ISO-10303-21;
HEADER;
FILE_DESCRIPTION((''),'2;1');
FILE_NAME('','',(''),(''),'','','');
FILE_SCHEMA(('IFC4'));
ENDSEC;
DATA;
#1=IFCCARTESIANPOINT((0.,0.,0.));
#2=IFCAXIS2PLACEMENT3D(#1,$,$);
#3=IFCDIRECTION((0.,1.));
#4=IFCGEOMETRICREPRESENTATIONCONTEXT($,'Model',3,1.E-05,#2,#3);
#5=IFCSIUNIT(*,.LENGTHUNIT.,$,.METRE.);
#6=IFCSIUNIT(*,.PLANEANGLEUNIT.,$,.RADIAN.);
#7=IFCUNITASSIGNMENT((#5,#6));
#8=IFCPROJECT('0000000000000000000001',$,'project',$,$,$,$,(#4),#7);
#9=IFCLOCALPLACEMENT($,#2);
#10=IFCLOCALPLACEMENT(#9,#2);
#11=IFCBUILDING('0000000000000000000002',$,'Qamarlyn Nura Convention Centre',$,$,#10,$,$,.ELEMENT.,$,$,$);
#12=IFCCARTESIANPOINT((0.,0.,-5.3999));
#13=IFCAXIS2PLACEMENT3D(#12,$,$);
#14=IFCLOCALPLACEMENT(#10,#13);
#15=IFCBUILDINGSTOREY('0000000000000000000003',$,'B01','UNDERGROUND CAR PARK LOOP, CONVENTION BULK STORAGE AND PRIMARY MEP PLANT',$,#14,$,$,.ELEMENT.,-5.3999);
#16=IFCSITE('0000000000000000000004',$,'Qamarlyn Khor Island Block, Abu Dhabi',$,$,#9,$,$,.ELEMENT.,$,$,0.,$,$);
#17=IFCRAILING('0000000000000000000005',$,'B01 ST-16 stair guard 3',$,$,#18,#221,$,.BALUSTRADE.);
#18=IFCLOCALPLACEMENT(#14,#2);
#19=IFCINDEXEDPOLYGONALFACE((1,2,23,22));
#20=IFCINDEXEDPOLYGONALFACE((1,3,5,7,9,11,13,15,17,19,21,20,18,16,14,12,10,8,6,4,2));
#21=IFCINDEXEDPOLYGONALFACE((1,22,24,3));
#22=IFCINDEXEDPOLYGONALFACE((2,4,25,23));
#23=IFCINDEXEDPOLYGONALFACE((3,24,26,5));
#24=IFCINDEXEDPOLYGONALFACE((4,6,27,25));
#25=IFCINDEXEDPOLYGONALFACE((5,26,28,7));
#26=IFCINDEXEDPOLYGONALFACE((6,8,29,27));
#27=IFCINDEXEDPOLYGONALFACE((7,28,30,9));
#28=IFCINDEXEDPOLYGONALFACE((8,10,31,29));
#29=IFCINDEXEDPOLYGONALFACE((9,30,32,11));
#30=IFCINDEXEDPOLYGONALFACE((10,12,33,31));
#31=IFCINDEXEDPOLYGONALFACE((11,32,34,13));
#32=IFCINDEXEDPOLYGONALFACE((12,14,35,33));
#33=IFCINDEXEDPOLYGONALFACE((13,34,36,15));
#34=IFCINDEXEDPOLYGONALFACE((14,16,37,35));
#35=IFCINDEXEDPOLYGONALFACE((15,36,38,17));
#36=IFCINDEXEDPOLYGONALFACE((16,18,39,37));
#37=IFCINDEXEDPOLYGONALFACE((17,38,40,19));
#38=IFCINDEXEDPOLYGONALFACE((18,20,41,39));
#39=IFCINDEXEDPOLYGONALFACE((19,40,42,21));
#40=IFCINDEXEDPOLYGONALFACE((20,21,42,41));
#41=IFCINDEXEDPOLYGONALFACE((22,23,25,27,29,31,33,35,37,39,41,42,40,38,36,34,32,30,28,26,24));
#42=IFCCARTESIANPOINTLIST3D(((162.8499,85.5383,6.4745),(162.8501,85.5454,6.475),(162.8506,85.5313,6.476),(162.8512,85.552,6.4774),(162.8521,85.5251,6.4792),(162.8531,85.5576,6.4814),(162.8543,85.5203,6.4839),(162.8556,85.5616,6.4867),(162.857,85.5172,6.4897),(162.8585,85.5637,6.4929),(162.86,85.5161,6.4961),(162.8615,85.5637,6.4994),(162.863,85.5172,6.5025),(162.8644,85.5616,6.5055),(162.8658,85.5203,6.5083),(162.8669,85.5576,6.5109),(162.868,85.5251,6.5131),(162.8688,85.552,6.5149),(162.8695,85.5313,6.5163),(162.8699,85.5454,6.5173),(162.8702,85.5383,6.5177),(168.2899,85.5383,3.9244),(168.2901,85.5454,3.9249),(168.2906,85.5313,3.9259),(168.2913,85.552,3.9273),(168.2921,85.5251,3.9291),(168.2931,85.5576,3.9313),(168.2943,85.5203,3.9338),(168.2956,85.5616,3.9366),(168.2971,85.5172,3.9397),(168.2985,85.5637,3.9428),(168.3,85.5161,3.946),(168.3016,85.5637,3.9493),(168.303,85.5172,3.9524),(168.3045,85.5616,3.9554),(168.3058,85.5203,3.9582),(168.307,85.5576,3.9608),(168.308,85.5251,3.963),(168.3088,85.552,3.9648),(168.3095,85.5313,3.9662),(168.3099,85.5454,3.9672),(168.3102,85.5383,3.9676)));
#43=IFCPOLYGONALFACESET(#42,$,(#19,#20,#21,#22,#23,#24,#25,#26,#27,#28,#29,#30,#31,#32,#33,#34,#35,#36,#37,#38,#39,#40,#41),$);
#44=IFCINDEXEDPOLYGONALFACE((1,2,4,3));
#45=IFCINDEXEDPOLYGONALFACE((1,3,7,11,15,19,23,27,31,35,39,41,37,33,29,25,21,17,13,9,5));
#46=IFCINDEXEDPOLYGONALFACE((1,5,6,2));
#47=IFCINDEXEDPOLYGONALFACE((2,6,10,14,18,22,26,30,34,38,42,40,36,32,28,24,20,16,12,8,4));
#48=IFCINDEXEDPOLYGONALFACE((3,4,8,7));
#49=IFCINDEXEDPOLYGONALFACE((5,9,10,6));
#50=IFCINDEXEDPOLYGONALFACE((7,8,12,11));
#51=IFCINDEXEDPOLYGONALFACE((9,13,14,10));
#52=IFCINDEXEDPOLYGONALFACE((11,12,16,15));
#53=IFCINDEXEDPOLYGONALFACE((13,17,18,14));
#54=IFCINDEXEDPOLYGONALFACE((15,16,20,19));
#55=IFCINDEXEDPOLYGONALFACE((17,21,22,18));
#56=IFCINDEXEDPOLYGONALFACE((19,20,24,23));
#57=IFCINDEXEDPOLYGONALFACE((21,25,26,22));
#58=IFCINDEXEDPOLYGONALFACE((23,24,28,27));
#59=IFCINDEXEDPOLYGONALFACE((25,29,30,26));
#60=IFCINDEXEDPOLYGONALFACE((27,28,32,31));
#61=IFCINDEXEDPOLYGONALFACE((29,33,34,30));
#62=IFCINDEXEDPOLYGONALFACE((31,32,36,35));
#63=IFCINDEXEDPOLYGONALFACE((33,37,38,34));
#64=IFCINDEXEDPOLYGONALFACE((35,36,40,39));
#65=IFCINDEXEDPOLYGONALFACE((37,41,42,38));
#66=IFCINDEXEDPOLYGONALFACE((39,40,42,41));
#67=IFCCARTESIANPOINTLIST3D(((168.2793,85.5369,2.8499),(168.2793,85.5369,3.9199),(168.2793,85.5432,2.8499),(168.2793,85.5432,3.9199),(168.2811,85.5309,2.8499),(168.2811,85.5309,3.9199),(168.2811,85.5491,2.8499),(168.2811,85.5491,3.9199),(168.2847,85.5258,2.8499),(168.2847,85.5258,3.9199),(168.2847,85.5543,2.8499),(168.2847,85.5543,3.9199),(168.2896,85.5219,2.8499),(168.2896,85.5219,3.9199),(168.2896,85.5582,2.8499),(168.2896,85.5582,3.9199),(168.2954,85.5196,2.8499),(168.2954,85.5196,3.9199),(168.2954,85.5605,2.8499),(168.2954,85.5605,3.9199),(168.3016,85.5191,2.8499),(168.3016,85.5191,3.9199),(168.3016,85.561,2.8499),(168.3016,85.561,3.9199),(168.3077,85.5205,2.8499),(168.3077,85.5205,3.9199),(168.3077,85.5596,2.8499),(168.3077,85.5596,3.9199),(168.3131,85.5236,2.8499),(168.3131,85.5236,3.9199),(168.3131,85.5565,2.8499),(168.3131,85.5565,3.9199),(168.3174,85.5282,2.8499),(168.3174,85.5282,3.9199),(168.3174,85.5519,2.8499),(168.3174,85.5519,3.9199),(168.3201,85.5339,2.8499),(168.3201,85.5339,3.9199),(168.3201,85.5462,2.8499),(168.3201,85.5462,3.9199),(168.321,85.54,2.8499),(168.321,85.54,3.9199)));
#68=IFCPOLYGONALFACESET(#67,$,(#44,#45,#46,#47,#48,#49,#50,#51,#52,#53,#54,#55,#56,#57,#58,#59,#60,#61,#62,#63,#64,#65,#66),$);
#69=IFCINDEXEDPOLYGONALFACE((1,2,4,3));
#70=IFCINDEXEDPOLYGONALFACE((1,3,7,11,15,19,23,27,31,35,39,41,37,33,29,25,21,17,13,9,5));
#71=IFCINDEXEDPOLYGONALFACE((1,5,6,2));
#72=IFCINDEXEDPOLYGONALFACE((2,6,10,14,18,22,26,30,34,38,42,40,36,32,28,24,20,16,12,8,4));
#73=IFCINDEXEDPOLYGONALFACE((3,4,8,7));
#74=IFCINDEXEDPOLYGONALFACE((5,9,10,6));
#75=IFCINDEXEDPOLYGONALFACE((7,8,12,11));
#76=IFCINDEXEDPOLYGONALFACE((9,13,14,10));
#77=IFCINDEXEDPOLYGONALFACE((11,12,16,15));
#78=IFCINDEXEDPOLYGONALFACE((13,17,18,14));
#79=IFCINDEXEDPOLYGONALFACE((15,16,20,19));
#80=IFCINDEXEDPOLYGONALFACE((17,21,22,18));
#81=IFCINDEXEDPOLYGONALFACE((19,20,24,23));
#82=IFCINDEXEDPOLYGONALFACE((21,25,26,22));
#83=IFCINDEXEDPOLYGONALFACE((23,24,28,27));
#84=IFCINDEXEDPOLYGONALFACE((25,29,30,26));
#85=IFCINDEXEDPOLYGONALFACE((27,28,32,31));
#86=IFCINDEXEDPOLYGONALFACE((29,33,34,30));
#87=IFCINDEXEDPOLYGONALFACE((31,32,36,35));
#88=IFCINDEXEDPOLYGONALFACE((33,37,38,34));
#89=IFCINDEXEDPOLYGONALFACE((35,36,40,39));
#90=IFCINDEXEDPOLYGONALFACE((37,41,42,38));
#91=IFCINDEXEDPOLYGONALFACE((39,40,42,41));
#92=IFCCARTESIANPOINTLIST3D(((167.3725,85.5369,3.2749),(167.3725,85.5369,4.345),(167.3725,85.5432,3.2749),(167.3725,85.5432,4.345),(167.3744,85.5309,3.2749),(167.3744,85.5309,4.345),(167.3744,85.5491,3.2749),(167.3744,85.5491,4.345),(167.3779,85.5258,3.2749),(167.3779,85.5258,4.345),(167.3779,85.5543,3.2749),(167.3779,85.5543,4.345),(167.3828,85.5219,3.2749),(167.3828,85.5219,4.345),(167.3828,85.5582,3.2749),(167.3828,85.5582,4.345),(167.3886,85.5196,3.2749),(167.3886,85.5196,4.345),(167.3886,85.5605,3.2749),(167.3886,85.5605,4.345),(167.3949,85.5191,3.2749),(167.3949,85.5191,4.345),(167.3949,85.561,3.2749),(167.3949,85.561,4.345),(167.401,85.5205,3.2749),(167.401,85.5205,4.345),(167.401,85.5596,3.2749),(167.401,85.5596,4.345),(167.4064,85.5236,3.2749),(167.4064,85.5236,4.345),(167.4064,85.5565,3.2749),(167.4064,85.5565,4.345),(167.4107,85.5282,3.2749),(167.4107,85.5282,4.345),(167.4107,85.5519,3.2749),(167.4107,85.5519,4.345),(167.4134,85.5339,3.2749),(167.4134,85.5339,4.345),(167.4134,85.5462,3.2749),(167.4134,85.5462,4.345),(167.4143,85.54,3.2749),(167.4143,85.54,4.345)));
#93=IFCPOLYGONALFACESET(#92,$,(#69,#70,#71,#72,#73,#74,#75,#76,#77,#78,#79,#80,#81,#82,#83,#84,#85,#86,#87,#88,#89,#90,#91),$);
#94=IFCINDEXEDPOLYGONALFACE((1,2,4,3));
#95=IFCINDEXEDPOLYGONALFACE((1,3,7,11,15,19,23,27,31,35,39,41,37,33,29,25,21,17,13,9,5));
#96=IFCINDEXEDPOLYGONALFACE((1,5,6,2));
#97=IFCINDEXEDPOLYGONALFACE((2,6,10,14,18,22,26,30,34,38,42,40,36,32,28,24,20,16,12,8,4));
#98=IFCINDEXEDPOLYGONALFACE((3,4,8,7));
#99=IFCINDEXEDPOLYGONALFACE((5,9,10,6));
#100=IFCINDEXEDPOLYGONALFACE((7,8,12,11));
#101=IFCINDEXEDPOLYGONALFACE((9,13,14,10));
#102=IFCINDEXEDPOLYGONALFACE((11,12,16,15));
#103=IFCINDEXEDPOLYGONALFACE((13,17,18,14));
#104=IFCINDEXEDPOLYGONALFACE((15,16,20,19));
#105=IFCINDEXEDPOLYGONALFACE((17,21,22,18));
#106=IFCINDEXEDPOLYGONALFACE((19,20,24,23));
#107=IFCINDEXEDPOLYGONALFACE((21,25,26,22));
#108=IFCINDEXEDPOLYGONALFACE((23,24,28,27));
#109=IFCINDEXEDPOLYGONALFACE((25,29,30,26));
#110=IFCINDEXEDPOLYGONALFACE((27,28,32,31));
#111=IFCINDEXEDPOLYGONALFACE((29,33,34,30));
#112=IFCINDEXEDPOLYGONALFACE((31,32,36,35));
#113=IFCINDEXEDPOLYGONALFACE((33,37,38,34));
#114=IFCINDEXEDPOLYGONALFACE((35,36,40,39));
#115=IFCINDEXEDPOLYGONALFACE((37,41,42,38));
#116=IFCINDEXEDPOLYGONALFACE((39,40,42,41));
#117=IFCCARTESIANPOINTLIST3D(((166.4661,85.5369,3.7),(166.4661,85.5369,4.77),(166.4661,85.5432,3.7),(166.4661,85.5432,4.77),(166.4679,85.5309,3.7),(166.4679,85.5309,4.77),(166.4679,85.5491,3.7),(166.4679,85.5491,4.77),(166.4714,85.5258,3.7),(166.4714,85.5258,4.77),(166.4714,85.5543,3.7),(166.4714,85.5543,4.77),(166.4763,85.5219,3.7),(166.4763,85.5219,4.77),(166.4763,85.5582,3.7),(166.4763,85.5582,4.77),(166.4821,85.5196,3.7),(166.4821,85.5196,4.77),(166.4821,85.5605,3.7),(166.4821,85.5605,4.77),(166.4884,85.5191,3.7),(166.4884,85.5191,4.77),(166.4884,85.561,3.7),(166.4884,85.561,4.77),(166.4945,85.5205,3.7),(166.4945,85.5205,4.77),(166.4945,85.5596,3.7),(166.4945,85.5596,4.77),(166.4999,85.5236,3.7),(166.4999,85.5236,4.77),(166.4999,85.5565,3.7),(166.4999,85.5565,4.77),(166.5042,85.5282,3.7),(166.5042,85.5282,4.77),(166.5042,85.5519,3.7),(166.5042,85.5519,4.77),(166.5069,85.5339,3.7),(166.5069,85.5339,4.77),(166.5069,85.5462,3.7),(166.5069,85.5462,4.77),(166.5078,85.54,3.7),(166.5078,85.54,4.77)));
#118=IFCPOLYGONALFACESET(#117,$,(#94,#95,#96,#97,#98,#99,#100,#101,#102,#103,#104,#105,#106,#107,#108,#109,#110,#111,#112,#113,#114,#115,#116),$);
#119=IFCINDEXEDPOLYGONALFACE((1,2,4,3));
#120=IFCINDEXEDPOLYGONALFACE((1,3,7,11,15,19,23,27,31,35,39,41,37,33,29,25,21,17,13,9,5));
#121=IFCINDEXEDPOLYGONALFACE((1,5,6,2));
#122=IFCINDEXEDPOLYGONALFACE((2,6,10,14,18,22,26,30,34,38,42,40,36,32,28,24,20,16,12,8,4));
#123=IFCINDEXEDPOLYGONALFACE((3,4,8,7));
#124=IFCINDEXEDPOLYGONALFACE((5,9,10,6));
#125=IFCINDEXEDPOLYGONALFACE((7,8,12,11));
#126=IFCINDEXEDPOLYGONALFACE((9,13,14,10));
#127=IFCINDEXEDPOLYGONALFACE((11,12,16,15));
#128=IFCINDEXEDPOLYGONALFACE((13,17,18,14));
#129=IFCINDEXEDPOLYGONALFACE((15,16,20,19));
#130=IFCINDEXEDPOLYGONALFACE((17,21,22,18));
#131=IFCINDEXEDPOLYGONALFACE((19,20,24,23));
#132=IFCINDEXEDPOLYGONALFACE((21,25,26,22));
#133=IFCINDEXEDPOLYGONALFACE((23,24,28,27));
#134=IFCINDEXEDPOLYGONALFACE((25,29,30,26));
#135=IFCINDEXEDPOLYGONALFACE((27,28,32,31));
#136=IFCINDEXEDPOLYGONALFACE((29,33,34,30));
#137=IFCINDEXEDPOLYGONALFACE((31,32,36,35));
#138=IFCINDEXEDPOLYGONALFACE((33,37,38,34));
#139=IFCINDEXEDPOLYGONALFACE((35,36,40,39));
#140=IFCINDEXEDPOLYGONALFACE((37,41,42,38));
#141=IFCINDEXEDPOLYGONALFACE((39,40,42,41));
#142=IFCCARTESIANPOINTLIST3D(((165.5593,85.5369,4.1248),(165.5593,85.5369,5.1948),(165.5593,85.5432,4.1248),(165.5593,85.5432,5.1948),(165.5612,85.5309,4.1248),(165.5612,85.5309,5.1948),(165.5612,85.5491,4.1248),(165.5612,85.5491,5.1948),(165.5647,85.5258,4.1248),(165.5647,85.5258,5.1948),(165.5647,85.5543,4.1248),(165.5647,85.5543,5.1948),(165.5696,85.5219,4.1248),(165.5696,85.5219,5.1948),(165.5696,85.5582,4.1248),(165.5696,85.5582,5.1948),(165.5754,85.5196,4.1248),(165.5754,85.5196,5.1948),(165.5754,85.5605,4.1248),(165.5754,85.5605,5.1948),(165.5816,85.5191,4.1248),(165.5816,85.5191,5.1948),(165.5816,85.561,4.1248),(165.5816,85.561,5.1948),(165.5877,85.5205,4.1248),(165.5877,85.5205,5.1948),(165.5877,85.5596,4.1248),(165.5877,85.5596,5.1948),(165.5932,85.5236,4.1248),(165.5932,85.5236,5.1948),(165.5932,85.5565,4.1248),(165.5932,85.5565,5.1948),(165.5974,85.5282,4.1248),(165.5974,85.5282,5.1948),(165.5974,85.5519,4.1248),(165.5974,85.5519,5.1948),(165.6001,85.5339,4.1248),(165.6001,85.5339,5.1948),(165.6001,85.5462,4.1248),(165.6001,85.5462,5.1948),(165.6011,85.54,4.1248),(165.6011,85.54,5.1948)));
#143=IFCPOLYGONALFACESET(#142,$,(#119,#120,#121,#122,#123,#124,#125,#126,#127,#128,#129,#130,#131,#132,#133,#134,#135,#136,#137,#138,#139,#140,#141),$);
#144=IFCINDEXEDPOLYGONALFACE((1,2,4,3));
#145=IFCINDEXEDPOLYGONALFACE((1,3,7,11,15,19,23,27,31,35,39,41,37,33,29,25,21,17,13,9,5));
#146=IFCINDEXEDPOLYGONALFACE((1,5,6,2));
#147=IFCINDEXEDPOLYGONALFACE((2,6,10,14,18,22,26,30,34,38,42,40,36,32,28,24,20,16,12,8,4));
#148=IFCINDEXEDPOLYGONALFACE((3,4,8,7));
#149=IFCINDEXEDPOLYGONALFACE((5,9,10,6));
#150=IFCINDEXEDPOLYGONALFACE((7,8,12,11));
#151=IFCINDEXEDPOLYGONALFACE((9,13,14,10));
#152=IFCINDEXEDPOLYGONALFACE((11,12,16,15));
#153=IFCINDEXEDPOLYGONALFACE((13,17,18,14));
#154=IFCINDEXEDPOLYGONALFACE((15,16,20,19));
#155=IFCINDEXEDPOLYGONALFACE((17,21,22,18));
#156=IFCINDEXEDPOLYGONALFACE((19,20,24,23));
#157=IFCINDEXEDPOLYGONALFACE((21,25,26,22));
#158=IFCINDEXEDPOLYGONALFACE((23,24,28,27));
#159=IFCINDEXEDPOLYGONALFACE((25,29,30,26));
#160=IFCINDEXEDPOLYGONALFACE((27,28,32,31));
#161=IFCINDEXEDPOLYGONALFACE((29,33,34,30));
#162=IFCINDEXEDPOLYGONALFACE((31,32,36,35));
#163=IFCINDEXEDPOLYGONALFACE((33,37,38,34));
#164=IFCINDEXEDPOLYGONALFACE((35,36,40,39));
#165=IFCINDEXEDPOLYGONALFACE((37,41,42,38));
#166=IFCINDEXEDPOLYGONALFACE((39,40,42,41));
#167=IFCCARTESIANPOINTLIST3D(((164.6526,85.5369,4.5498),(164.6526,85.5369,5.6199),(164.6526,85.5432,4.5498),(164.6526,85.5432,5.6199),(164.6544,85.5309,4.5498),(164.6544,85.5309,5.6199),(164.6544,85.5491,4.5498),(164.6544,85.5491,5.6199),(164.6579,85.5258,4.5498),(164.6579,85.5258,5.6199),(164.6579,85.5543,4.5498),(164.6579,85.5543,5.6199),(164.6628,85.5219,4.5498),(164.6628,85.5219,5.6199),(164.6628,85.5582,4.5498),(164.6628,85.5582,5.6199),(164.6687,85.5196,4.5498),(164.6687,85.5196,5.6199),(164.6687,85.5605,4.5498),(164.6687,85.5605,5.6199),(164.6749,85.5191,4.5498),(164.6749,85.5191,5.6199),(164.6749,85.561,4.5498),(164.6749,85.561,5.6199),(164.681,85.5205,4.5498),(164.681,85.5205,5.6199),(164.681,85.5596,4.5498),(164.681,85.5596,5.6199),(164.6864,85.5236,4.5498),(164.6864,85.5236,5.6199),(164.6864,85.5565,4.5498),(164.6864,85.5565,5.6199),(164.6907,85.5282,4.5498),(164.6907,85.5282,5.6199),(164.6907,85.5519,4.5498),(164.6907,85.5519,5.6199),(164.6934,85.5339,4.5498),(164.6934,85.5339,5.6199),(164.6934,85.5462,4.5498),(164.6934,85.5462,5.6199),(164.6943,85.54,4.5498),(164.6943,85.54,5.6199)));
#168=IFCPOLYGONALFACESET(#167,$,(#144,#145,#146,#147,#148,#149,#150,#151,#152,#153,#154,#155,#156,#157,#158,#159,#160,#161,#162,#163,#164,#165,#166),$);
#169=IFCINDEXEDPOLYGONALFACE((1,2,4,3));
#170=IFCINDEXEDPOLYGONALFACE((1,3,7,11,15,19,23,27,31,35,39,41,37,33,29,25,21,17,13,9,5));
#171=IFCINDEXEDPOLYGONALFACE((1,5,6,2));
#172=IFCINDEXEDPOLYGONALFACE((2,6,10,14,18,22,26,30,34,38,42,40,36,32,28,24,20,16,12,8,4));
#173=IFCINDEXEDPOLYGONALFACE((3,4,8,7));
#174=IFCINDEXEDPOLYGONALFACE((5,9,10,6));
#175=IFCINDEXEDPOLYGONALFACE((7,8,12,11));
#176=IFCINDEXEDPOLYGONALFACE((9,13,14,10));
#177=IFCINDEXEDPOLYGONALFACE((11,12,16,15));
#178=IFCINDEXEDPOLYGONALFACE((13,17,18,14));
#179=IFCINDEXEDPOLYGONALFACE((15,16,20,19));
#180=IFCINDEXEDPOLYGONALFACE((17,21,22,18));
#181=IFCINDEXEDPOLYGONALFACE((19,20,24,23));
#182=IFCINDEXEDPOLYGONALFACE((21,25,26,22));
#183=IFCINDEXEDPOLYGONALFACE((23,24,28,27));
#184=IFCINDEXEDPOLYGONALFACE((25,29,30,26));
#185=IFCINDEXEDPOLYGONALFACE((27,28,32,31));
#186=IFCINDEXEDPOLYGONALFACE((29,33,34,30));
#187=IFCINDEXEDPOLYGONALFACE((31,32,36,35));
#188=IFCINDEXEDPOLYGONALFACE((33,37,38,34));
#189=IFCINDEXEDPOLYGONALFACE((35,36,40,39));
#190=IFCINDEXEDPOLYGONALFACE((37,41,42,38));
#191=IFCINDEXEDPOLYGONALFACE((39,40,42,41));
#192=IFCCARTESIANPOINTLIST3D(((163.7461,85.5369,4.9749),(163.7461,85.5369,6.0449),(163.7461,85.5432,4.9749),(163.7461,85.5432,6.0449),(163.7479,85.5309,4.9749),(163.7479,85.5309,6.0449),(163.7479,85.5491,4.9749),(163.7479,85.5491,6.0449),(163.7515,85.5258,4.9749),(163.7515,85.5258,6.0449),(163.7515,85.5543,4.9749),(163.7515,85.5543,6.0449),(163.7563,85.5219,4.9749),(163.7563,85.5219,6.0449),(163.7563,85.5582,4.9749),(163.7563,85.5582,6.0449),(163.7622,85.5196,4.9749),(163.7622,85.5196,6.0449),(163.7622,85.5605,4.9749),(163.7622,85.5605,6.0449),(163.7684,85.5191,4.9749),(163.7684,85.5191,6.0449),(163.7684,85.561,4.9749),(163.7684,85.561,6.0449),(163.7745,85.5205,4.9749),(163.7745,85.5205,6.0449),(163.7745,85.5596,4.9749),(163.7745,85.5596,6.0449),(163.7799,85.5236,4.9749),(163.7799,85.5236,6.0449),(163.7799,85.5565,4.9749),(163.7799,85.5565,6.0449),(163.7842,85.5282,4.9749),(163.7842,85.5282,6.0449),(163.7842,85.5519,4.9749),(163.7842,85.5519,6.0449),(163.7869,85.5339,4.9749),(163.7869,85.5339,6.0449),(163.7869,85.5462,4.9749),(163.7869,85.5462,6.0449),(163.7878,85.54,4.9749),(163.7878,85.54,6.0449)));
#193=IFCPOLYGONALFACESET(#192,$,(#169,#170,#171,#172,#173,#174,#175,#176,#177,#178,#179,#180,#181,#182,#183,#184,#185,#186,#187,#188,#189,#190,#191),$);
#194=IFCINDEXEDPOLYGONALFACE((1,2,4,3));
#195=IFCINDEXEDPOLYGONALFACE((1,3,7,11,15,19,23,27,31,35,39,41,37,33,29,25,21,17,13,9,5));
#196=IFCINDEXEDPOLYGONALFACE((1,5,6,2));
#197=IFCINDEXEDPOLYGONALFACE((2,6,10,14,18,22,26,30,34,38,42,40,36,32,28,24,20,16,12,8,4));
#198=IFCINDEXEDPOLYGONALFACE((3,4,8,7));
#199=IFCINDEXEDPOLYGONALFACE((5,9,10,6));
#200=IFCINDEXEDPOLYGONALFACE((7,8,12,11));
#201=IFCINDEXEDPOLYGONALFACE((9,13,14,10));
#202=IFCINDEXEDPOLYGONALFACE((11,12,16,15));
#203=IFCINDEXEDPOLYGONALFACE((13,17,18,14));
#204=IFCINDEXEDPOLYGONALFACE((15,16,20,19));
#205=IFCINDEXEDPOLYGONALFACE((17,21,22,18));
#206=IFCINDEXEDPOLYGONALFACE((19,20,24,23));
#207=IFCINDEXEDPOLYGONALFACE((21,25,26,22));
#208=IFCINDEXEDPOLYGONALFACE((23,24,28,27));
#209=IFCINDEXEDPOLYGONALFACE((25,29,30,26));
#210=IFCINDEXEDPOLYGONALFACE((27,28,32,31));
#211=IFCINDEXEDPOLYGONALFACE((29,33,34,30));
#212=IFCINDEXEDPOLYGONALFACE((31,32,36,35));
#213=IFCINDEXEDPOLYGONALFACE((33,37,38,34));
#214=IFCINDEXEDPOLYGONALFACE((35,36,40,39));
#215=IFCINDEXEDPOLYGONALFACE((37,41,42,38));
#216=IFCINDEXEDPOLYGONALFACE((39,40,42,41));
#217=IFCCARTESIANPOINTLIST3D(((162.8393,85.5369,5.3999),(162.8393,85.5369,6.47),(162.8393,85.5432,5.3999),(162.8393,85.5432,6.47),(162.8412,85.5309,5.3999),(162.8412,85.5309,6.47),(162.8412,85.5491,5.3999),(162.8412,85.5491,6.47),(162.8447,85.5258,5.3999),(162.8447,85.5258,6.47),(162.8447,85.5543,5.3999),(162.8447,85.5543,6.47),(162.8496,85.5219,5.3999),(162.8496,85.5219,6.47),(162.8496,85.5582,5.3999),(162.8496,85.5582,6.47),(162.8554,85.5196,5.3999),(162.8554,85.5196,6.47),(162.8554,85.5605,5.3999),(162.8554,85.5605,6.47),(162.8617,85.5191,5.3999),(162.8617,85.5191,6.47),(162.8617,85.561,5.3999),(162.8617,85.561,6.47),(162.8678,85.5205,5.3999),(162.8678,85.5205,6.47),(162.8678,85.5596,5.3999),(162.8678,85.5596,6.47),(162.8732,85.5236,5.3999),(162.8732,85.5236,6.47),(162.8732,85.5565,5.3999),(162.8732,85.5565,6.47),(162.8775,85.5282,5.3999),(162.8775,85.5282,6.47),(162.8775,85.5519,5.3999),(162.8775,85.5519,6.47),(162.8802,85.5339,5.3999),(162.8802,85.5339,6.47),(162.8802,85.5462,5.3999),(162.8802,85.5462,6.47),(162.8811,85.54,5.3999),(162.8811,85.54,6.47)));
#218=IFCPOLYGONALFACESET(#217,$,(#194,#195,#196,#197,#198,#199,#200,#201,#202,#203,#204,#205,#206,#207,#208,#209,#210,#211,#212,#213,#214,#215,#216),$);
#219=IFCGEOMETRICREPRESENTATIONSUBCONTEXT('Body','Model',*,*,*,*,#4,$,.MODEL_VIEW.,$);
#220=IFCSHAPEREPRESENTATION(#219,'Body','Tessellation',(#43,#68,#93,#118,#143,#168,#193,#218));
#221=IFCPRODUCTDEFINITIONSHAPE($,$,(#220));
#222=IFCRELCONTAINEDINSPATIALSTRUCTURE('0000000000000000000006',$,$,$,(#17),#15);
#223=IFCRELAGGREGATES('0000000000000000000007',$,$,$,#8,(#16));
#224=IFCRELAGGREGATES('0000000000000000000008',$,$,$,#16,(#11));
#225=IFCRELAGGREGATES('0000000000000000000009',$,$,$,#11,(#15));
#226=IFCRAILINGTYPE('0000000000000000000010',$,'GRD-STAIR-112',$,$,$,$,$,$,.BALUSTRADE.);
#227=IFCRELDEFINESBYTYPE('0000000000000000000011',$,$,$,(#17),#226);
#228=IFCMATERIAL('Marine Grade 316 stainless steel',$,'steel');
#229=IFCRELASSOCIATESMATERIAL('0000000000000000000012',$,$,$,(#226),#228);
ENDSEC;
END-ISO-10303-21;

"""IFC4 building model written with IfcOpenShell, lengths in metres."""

from ifc_helpers import new_model, si_unit, direction, frame, origin, origin_2d, place, context, subcontext, project, spatial, circle, extrude, material, type_object, element, save


model = new_model("IFC4")

# Units and contexts
model_context = context("Model", 3, precision=1e-05, world=origin(), true_north=direction((0.0, 1.0)))
body_context = subcontext(model_context, "Body", "Model", "MODEL_VIEW")
ifc_project = project(units=[si_unit("LENGTHUNIT", "METRE"), si_unit("PLANEANGLEUNIT", "RADIAN")], contexts=[model_context])

# Site, building, storey
site_placement = place(None, origin())
site = spatial("IfcSite", under=ifc_project, at=site_placement, Name="Qamarlyn Khor Island Block, Abu Dhabi", CompositionType="ELEMENT", RefElevation=0.0)
building_placement = place(site_placement, origin())
building = spatial("IfcBuilding", under=site, at=building_placement, Name="Qamarlyn Nura Convention Centre", CompositionType="ELEMENT")
storey_placement = place(building_placement, frame((0.0, 0.0, -5.3999)))
storey = spatial("IfcBuildingStorey", under=building, at=storey_placement, Name="B01", Description="UNDERGROUND CAR PARK LOOP, CONVENTION BULK STORAGE AND PRIMARY MEP PLANT", CompositionType="ELEMENT", Elevation=-5.3999)

# Railing
ifc_material_1 = material(Name="Marine Grade 316 stainless steel", Category="steel")
railing_type_1 = type_object("IfcRailingType", Name="GRD-STAIR-112", PredefinedType="BALUSTRADE", material=ifc_material_1)
railing_1_placement = place(storey_placement, frame((168.3, 85.54, 2.8499)))
element("IfcRailing", 1, at=railing_1_placement, inside=storey, type_object=railing_type_1, Name="B01 ST-16 stair guard 3", PredefinedType="BALUSTRADE", context=body_context, shape_type="SweptSolid", body=[
    extrude(circle(Radius=0.0239, at=origin_2d()), frame((0.0, 0.0, 1.0962), z_axis=(-0.905454, 0.0, 0.424444), x_axis=(0.0, -1.0, 0.0)), (0.0, 0.0, 1.0), 6.0081),
    extrude(circle(Radius=0.021, at=origin_2d()), origin(), (0.0, 0.0, 1.0), 1.0701),
    extrude(circle(Radius=0.021, at=origin_2d()), frame((-0.9067, 0.0, 0.425)), (0.0, 0.0, 1.0), 1.0701),
    extrude(circle(Radius=0.021, at=origin_2d()), frame((-1.8132, 0.0, 0.8501)), (0.0, 0.0, 1.0), 1.0701),
    extrude(circle(Radius=0.021, at=origin_2d()), frame((-2.72, 0.0, 1.2749)), (0.0, 0.0, 1.0), 1.0701),
    extrude(circle(Radius=0.021, at=origin_2d()), frame((-3.6267, 0.0, 1.7)), (0.0, 0.0, 1.0), 1.0701),
    extrude(circle(Radius=0.021, at=origin_2d()), frame((-4.5332, 0.0, 2.125)), (0.0, 0.0, 1.0), 1.0701),
    extrude(circle(Radius=0.021, at=origin_2d()), frame((-5.4399, 0.0, 2.55)), (0.0, 0.0, 1.0), 1.0701),
])

save(model, "model.ifc")
